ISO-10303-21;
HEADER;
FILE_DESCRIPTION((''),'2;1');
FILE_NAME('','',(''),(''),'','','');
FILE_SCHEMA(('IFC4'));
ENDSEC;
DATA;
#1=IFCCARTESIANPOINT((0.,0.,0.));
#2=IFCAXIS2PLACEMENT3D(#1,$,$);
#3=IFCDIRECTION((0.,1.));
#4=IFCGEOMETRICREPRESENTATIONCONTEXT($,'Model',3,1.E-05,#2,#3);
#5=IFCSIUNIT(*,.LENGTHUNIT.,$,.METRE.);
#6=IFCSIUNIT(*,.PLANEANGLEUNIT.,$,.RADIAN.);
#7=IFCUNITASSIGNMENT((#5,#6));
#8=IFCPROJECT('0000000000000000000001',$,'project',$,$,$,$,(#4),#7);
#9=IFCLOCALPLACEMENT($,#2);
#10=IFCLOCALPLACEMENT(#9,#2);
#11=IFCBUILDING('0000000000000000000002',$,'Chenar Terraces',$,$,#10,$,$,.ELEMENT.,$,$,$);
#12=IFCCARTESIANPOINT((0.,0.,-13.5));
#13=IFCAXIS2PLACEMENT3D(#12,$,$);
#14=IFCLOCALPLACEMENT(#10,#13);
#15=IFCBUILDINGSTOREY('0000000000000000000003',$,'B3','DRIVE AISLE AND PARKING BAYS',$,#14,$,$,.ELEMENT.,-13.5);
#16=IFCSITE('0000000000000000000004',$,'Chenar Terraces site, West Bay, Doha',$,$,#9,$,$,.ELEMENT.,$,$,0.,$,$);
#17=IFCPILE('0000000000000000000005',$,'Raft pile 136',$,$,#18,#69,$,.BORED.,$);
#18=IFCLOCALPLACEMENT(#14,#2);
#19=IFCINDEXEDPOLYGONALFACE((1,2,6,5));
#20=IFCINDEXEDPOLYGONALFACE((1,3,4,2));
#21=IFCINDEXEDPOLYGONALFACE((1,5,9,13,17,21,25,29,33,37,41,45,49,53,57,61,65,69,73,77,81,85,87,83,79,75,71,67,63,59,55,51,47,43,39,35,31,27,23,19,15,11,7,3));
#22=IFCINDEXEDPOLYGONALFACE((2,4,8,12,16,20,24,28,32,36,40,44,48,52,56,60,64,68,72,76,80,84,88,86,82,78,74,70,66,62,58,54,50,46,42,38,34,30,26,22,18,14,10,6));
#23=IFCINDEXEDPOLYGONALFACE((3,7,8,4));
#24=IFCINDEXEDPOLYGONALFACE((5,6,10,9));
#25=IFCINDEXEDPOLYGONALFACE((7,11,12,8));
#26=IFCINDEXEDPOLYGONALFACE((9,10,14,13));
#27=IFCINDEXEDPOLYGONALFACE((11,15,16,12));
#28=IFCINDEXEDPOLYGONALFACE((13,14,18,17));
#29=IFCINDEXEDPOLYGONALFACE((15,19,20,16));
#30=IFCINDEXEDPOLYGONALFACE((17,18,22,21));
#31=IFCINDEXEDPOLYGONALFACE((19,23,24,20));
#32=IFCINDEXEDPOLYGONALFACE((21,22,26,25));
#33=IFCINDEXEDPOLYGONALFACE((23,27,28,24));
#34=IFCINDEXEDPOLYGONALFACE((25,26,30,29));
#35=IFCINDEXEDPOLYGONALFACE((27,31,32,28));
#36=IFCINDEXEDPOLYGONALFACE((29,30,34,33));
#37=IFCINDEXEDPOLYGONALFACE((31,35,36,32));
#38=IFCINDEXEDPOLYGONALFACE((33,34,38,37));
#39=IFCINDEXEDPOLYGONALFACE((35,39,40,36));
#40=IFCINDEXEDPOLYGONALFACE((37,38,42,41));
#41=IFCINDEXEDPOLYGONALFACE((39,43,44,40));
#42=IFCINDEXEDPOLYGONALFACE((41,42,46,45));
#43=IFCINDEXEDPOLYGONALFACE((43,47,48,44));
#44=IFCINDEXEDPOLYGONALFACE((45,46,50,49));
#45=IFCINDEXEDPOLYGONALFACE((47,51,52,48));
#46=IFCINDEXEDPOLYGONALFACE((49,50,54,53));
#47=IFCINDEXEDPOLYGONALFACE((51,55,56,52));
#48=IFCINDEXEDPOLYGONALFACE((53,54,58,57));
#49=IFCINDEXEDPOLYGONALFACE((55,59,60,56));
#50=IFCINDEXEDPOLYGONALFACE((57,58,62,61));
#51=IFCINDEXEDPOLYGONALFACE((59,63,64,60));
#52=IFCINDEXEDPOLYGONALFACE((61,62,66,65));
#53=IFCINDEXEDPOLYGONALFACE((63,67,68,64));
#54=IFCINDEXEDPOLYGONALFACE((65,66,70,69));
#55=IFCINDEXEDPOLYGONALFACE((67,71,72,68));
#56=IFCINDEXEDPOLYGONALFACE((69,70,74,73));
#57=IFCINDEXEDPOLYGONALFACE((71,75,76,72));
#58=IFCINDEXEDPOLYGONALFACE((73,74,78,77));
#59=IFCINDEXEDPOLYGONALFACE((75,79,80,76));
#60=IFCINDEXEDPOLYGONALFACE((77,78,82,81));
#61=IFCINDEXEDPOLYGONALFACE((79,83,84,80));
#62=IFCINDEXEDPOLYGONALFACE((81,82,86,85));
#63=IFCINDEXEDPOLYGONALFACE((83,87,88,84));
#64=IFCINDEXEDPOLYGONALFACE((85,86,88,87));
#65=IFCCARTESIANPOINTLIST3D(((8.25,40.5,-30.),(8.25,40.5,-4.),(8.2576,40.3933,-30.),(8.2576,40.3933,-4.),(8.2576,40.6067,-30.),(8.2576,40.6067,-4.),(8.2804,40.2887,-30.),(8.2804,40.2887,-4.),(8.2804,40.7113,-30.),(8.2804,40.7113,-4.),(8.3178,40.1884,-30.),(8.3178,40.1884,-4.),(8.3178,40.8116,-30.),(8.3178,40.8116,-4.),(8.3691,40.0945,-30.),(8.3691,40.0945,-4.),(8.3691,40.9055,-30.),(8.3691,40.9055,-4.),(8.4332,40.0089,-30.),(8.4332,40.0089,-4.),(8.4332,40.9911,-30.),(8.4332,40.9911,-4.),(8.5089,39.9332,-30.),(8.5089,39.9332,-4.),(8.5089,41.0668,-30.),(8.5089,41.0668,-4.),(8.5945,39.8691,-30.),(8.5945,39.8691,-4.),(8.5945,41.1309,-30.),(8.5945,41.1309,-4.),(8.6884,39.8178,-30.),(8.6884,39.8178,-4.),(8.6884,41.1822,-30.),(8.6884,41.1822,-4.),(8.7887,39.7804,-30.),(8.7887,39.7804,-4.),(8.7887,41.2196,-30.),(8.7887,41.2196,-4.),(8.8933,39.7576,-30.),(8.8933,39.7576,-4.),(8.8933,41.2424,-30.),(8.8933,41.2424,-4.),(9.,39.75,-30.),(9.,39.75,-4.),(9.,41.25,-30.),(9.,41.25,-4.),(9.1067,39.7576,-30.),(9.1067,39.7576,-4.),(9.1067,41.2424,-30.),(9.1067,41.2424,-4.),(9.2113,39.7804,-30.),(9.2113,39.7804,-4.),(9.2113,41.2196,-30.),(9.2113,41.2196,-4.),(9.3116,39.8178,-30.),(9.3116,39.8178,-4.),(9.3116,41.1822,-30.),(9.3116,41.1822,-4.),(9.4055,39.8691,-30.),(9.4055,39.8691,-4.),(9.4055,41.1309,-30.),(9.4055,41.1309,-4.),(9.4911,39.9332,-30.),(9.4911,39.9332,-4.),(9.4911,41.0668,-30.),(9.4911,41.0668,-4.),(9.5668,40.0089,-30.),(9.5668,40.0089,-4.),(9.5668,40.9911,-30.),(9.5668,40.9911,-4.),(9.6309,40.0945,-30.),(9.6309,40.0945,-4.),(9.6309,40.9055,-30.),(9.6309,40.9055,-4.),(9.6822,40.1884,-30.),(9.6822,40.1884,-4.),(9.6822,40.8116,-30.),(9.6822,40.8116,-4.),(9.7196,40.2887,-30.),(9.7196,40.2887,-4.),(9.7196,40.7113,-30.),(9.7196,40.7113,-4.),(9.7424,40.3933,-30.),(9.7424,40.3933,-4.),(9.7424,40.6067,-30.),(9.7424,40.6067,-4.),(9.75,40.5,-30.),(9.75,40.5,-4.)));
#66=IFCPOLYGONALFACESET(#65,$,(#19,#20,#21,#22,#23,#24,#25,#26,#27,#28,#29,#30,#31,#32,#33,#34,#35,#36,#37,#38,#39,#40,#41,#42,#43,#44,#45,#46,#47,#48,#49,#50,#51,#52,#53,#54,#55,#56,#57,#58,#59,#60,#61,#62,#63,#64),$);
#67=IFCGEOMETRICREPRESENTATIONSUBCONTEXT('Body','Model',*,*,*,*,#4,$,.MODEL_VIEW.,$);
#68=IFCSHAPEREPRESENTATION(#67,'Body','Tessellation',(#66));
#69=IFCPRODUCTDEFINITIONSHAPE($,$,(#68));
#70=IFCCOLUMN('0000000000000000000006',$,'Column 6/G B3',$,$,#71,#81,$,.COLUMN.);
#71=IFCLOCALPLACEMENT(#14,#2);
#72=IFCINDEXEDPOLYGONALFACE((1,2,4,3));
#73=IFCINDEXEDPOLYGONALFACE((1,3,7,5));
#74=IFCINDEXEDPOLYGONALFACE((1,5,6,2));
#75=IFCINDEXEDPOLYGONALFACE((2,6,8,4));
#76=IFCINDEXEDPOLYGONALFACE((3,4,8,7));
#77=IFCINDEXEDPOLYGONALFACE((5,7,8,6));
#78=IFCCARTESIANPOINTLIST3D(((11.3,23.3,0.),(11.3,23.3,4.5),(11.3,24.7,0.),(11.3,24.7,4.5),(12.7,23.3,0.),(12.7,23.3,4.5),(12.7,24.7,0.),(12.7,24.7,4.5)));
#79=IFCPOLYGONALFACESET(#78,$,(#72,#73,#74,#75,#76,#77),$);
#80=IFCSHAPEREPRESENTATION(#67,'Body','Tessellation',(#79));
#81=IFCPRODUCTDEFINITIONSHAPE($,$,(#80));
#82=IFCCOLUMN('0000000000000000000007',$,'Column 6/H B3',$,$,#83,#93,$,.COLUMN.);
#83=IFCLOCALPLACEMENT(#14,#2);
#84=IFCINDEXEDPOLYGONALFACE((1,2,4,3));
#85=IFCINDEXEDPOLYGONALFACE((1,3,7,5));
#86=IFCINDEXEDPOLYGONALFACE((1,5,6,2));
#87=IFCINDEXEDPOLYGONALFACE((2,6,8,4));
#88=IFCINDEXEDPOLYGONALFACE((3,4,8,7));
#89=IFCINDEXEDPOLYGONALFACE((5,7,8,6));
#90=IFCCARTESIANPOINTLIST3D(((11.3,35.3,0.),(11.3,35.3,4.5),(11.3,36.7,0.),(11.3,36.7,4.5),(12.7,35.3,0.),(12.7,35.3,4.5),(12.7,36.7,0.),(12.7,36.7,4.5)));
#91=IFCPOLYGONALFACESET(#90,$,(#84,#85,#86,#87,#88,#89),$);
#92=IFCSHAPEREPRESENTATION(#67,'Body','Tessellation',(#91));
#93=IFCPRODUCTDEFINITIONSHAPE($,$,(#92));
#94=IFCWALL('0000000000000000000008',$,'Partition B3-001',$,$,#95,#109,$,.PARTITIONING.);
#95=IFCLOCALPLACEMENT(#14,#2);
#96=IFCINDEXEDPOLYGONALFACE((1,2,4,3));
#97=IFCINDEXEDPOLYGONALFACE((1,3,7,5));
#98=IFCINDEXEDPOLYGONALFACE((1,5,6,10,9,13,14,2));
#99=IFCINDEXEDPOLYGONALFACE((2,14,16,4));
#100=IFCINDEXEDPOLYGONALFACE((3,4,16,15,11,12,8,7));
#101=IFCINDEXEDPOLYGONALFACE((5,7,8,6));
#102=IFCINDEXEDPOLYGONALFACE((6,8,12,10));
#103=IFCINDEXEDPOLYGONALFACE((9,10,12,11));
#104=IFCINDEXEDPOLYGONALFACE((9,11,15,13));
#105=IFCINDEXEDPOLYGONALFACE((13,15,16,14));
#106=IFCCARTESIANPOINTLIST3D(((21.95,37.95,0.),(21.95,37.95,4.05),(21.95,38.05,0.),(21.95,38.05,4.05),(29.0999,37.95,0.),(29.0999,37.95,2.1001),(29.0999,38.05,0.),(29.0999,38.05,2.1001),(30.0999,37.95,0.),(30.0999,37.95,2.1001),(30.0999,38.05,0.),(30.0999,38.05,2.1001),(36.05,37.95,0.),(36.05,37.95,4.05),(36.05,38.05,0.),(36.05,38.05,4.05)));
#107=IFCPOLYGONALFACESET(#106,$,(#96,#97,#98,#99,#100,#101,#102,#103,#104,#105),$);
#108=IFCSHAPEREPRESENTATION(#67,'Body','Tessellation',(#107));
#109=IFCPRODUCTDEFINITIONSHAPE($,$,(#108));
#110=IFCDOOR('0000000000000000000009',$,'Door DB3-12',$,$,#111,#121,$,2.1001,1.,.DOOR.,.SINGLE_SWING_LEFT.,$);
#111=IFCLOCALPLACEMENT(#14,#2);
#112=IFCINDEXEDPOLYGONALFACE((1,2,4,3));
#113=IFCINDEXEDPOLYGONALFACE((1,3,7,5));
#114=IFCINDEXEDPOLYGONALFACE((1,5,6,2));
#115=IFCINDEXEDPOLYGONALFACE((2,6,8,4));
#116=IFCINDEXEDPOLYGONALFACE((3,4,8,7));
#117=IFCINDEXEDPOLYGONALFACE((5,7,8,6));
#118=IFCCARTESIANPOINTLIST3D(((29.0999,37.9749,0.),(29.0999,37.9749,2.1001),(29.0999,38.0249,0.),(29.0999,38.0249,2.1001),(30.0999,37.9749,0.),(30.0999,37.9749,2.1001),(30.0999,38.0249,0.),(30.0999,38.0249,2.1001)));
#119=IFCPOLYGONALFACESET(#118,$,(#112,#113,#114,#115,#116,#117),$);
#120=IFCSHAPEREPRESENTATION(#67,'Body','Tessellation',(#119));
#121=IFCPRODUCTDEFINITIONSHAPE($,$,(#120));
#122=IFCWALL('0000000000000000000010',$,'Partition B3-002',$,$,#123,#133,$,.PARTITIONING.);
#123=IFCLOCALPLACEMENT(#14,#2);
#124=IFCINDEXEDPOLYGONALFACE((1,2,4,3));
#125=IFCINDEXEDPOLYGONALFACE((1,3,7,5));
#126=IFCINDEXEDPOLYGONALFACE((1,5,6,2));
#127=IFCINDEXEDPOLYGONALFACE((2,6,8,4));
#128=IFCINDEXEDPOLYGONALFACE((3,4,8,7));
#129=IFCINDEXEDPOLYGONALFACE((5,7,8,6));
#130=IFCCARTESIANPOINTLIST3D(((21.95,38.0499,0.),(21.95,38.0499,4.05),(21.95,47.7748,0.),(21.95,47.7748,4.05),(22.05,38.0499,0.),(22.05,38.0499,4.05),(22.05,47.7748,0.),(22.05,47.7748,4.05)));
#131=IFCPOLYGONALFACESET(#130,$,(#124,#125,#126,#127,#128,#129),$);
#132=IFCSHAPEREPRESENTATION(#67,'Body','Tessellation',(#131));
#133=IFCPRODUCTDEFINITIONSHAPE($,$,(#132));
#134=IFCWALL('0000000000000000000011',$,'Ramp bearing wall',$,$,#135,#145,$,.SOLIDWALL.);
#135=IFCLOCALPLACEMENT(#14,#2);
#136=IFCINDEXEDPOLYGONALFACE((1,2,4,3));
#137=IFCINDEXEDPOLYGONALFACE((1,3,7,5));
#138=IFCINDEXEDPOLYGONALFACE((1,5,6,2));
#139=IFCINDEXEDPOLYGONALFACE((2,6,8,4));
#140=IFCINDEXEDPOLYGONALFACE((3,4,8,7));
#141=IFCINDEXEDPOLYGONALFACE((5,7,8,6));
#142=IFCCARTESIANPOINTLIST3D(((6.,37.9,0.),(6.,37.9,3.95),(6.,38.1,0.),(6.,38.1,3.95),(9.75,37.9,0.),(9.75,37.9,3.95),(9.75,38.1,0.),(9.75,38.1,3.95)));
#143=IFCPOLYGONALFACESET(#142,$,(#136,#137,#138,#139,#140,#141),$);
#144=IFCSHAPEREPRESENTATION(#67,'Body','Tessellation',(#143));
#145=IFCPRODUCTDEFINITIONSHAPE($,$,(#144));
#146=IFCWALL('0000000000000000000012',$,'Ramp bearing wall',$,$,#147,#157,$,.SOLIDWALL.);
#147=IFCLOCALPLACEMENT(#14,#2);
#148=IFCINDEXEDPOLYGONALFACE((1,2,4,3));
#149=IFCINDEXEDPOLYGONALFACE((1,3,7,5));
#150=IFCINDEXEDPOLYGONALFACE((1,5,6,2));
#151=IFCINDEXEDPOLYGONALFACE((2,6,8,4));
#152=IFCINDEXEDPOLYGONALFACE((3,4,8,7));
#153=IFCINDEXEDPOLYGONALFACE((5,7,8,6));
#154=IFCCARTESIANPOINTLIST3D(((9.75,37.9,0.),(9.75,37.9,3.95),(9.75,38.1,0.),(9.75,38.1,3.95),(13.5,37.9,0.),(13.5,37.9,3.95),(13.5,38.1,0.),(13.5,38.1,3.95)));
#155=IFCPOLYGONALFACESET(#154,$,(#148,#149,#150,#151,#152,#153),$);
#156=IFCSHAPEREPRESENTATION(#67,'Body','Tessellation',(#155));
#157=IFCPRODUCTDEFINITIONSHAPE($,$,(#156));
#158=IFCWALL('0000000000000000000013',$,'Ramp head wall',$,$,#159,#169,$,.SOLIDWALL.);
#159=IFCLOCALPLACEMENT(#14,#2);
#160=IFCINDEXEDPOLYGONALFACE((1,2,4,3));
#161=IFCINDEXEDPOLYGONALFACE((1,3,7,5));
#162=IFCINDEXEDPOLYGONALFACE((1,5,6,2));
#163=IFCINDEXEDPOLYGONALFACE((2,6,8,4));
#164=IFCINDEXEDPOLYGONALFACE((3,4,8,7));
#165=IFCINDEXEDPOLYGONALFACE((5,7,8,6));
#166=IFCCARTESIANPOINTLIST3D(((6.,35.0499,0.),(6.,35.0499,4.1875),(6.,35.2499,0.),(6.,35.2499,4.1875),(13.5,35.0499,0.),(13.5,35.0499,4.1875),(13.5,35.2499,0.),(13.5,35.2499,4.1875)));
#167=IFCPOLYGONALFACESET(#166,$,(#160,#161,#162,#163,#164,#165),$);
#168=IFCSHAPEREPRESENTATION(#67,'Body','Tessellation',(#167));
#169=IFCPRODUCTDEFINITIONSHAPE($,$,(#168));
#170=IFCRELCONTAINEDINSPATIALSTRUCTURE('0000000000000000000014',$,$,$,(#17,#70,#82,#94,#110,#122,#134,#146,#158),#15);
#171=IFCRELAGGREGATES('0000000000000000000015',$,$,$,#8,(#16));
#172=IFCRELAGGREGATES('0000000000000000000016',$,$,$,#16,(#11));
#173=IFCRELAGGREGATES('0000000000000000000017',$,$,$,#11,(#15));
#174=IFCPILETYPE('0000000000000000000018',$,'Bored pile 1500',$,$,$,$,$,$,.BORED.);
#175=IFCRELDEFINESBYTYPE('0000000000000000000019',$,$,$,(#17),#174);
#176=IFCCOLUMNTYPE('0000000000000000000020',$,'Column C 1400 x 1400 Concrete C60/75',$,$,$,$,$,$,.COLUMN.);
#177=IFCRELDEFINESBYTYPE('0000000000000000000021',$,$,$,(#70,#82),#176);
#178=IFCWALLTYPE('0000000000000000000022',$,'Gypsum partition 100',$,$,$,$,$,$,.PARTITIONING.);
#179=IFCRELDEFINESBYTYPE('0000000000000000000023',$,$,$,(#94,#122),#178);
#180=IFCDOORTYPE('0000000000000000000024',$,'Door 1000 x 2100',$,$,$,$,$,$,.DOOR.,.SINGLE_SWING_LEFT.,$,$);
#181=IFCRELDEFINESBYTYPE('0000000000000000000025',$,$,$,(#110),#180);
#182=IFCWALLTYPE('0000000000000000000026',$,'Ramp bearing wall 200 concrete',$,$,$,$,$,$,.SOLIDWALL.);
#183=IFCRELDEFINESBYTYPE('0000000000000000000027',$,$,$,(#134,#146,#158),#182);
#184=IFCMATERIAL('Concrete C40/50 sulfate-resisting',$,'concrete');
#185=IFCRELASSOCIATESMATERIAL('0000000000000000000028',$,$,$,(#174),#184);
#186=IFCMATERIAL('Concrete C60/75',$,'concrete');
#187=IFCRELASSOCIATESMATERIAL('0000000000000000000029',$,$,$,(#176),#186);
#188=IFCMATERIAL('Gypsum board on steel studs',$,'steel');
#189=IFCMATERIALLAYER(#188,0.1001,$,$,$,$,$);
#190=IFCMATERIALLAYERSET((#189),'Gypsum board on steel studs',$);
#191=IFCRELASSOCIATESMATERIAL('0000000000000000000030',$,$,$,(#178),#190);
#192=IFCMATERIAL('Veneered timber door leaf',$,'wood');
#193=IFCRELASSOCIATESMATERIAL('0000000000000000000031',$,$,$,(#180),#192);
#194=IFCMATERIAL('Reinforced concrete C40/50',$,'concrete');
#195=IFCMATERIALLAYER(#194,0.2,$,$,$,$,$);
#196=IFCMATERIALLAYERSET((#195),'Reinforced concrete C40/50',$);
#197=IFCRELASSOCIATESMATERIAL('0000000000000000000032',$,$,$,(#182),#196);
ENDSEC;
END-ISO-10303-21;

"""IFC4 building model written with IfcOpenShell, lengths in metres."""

from ifc_helpers import new_model, si_unit, direction, frame, frame_2d, origin, origin_2d, place, context, subcontext, project, spatial, rectangle, circle, extrude, material, layer, layer_set, material_profile, profile_set, type_object, element, fill, save


model = new_model("IFC4")

# Units and contexts
model_context = context("Model", 3, precision=1e-05, world=origin(), true_north=direction((0.0, 1.0)))
body_context = subcontext(model_context, "Body", "Model", "MODEL_VIEW")
ifc_project = project(units=[si_unit("LENGTHUNIT", "METRE"), si_unit("PLANEANGLEUNIT", "RADIAN")], contexts=[model_context])

# Site, building, storey
site_placement = place(None, origin())
site = spatial("IfcSite", under=ifc_project, at=site_placement, Name="Chenar Terraces site, West Bay, Doha", CompositionType="ELEMENT", RefElevation=0.0)
building_placement = place(site_placement, origin())
building = spatial("IfcBuilding", under=site, at=building_placement, Name="Chenar Terraces", CompositionType="ELEMENT")
storey_placement = place(building_placement, frame((0.0, 0.0, -13.5)))
storey = spatial("IfcBuildingStorey", under=building, at=storey_placement, Name="B3", Description="DRIVE AISLE AND PARKING BAYS", CompositionType="ELEMENT", Elevation=-13.5)

# Pile
ifc_material_1 = material(Name="Concrete C40/50 sulfate-resisting", Category="concrete")
ifc_material_profile_1 = material_profile(ifc_material_1, circle(Radius=0.75, at=origin_2d()), Name="BP 1500")
ifc_profile_set_1 = profile_set([ifc_material_profile_1], Name="Concrete C40/50 sulfate-resisting")
pile_type = type_object("IfcPileType", Name="Bored pile 1500", PredefinedType="BORED", material=ifc_profile_set_1)
for number, where, z_axis, x_axis, name in (
    (1, (9.0, 40.5, -4.0), (0.0, 0.0, -1.0), (1.0, 0.0, 0.0), "Raft pile 136"),
):
    element("IfcPile", number, at=place(storey_placement, frame(where, z_axis=z_axis, x_axis=x_axis)), inside=storey, type_object=pile_type, Name=name, PredefinedType="BORED", context=body_context, shape_type="SweptSolid", body=[
        extrude(circle(Radius=0.75, at=origin_2d()), origin(), (0.0, 0.0, 1.0), 26.0),
    ])

# Columns
ifc_material_2 = material(Name="Concrete C60/75", Category="concrete")
ifc_material_profile_2 = material_profile(ifc_material_2, rectangle(XDim=1.3999, YDim=1.3999, at=origin_2d()), Name="C 1400 x 1400")
ifc_profile_set_2 = profile_set([ifc_material_profile_2], Name="Concrete C60/75")
column_type = type_object("IfcColumnType", Name="Column C 1400 x 1400 Concrete C60/75", PredefinedType="COLUMN", material=ifc_profile_set_2)
for number, where, z_axis, x_axis, name in (
    (2, (12.0, 24.0, 0.0), (0.0, 0.0, 1.0), (1.0, 0.0, 0.0), "Column 6/G B3"),
    (3, (12.0, 36.0, 0.0), (0.0, 0.0, 1.0), (1.0, 0.0, 0.0), "Column 6/H B3"),
):
    element("IfcColumn", number, at=place(storey_placement, frame(where, z_axis=z_axis, x_axis=x_axis)), inside=storey, type_object=column_type, Name=name, PredefinedType="COLUMN", context=body_context, shape_type="SweptSolid", body=[
        extrude(rectangle(XDim=1.3999, YDim=1.3999, at=origin_2d()), origin(), (0.0, 0.0, 1.0), 4.5),
    ])

# Wall, opening, door
ifc_material_3 = material(Name="Gypsum board on steel studs", Category="steel")
ifc_layer_1 = layer(ifc_material_3, 0.1001)
ifc_layer_set_1 = layer_set([ifc_layer_1], Name="Gypsum board on steel studs")
wall_type_1 = type_object("IfcWallType", Name="Gypsum partition 100", PredefinedType="PARTITIONING", material=ifc_layer_set_1)
wall_1_placement = place(storey_placement, frame((21.95, 38.0, 0.0), z_axis=(0.0, 0.0, 1.0), x_axis=(1.0, 0.0, 0.0)))
wall_1 = element("IfcWall", 4, at=wall_1_placement, inside=storey, type_object=wall_type_1, Name="Partition B3-001", PredefinedType="PARTITIONING", context=body_context, shape_type="SweptSolid", body=[
    extrude(rectangle(XDim=14.1001, YDim=0.1001, at=frame_2d((7.05, 0.0))), origin(), (0.0, 0.0, 1.0), 4.05),
])
opening_placement = place(wall_1_placement, frame((7.1499, 0.0, 0.0)))
opening = element("IfcOpeningElement", 5, at=opening_placement, cuts=wall_1, PredefinedType="OPENING", context=body_context, shape_type="SweptSolid", body=[
    extrude(rectangle(XDim=1.0, YDim=2.1001, at=frame_2d((0.5, 1.05))), frame((0.0, 0.0601, 0.0), z_axis=(0.0, -1.0, 0.0), x_axis=(1.0, 0.0, 0.0)), (0.0, 0.0, 1.0), 0.1201),
])
ifc_material_4 = material(Name="Veneered timber door leaf", Category="wood")
door_type = type_object("IfcDoorType", Name="Door 1000 x 2100", OperationType="SINGLE_SWING_LEFT", PredefinedType="DOOR", material=ifc_material_4)
door_placement = place(opening_placement, origin())
door = element("IfcDoor", 6, at=door_placement, inside=storey, type_object=door_type, Name="Door DB3-12", OperationType="SINGLE_SWING_LEFT", OverallHeight=2.1001, OverallWidth=1.0, PredefinedType="DOOR", context=body_context, shape_type="SweptSolid", body=[
    extrude(rectangle(XDim=1.0, YDim=2.1001, at=frame_2d((0.5, 1.05))), frame((0.0, 0.0249, 0.0), z_axis=(0.0, -1.0, 0.0), x_axis=(1.0, 0.0, 0.0)), (0.0, 0.0, 1.0), 0.05),
])
fill(opening, door)

# Walls
wall_2_placement = place(storey_placement, frame((22.0, 38.05, 0.0), z_axis=(0.0, 0.0, 1.0), x_axis=(0.0, 1.0, 0.0)))
element("IfcWall", 7, at=wall_2_placement, inside=storey, type_object=wall_type_1, Name="Partition B3-002", PredefinedType="PARTITIONING", context=body_context, shape_type="SweptSolid", body=[
    extrude(rectangle(XDim=9.7249, YDim=0.1001, at=frame_2d((4.8623, 0.0))), origin(), (0.0, 0.0, 1.0), 4.05),
])
ifc_material_5 = material(Name="Reinforced concrete C40/50", Category="concrete")
ifc_layer_2 = layer(ifc_material_5, 0.2)
ifc_layer_set_2 = layer_set([ifc_layer_2], Name="Reinforced concrete C40/50")
wall_type_2 = type_object("IfcWallType", Name="Ramp bearing wall 200 concrete", PredefinedType="SOLIDWALL", material=ifc_layer_set_2)
for number, where, z_axis, x_axis, name in (
    (8, (6.0, 38.0, 0.0), (0.0, 0.0, 1.0), (1.0, 0.0, 0.0), "Ramp bearing wall"),
    (9, (9.75, 38.0, 0.0), (0.0, 0.0, 1.0), (1.0, 0.0, 0.0), "Ramp bearing wall"),
):
    element("IfcWall", number, at=place(storey_placement, frame(where, z_axis=z_axis, x_axis=x_axis)), inside=storey, type_object=wall_type_2, Name=name, PredefinedType="SOLIDWALL", context=body_context, shape_type="SweptSolid", body=[
        extrude(rectangle(XDim=3.75, YDim=0.2, at=frame_2d((1.875, 0.0))), origin(), (0.0, 0.0, 1.0), 3.95),
    ])
wall_3_placement = place(storey_placement, frame((6.0, 35.1499, 0.0), z_axis=(0.0, 0.0, 1.0), x_axis=(1.0, 0.0, 0.0)))
element("IfcWall", 10, at=wall_3_placement, inside=storey, type_object=wall_type_2, Name="Ramp head wall", PredefinedType="SOLIDWALL", context=body_context, shape_type="SweptSolid", body=[
    extrude(rectangle(XDim=7.5, YDim=0.2, at=frame_2d((3.75, 0.0))), origin(), (0.0, 0.0, 1.0), 4.1875),
])

save(model, "model.ifc")
